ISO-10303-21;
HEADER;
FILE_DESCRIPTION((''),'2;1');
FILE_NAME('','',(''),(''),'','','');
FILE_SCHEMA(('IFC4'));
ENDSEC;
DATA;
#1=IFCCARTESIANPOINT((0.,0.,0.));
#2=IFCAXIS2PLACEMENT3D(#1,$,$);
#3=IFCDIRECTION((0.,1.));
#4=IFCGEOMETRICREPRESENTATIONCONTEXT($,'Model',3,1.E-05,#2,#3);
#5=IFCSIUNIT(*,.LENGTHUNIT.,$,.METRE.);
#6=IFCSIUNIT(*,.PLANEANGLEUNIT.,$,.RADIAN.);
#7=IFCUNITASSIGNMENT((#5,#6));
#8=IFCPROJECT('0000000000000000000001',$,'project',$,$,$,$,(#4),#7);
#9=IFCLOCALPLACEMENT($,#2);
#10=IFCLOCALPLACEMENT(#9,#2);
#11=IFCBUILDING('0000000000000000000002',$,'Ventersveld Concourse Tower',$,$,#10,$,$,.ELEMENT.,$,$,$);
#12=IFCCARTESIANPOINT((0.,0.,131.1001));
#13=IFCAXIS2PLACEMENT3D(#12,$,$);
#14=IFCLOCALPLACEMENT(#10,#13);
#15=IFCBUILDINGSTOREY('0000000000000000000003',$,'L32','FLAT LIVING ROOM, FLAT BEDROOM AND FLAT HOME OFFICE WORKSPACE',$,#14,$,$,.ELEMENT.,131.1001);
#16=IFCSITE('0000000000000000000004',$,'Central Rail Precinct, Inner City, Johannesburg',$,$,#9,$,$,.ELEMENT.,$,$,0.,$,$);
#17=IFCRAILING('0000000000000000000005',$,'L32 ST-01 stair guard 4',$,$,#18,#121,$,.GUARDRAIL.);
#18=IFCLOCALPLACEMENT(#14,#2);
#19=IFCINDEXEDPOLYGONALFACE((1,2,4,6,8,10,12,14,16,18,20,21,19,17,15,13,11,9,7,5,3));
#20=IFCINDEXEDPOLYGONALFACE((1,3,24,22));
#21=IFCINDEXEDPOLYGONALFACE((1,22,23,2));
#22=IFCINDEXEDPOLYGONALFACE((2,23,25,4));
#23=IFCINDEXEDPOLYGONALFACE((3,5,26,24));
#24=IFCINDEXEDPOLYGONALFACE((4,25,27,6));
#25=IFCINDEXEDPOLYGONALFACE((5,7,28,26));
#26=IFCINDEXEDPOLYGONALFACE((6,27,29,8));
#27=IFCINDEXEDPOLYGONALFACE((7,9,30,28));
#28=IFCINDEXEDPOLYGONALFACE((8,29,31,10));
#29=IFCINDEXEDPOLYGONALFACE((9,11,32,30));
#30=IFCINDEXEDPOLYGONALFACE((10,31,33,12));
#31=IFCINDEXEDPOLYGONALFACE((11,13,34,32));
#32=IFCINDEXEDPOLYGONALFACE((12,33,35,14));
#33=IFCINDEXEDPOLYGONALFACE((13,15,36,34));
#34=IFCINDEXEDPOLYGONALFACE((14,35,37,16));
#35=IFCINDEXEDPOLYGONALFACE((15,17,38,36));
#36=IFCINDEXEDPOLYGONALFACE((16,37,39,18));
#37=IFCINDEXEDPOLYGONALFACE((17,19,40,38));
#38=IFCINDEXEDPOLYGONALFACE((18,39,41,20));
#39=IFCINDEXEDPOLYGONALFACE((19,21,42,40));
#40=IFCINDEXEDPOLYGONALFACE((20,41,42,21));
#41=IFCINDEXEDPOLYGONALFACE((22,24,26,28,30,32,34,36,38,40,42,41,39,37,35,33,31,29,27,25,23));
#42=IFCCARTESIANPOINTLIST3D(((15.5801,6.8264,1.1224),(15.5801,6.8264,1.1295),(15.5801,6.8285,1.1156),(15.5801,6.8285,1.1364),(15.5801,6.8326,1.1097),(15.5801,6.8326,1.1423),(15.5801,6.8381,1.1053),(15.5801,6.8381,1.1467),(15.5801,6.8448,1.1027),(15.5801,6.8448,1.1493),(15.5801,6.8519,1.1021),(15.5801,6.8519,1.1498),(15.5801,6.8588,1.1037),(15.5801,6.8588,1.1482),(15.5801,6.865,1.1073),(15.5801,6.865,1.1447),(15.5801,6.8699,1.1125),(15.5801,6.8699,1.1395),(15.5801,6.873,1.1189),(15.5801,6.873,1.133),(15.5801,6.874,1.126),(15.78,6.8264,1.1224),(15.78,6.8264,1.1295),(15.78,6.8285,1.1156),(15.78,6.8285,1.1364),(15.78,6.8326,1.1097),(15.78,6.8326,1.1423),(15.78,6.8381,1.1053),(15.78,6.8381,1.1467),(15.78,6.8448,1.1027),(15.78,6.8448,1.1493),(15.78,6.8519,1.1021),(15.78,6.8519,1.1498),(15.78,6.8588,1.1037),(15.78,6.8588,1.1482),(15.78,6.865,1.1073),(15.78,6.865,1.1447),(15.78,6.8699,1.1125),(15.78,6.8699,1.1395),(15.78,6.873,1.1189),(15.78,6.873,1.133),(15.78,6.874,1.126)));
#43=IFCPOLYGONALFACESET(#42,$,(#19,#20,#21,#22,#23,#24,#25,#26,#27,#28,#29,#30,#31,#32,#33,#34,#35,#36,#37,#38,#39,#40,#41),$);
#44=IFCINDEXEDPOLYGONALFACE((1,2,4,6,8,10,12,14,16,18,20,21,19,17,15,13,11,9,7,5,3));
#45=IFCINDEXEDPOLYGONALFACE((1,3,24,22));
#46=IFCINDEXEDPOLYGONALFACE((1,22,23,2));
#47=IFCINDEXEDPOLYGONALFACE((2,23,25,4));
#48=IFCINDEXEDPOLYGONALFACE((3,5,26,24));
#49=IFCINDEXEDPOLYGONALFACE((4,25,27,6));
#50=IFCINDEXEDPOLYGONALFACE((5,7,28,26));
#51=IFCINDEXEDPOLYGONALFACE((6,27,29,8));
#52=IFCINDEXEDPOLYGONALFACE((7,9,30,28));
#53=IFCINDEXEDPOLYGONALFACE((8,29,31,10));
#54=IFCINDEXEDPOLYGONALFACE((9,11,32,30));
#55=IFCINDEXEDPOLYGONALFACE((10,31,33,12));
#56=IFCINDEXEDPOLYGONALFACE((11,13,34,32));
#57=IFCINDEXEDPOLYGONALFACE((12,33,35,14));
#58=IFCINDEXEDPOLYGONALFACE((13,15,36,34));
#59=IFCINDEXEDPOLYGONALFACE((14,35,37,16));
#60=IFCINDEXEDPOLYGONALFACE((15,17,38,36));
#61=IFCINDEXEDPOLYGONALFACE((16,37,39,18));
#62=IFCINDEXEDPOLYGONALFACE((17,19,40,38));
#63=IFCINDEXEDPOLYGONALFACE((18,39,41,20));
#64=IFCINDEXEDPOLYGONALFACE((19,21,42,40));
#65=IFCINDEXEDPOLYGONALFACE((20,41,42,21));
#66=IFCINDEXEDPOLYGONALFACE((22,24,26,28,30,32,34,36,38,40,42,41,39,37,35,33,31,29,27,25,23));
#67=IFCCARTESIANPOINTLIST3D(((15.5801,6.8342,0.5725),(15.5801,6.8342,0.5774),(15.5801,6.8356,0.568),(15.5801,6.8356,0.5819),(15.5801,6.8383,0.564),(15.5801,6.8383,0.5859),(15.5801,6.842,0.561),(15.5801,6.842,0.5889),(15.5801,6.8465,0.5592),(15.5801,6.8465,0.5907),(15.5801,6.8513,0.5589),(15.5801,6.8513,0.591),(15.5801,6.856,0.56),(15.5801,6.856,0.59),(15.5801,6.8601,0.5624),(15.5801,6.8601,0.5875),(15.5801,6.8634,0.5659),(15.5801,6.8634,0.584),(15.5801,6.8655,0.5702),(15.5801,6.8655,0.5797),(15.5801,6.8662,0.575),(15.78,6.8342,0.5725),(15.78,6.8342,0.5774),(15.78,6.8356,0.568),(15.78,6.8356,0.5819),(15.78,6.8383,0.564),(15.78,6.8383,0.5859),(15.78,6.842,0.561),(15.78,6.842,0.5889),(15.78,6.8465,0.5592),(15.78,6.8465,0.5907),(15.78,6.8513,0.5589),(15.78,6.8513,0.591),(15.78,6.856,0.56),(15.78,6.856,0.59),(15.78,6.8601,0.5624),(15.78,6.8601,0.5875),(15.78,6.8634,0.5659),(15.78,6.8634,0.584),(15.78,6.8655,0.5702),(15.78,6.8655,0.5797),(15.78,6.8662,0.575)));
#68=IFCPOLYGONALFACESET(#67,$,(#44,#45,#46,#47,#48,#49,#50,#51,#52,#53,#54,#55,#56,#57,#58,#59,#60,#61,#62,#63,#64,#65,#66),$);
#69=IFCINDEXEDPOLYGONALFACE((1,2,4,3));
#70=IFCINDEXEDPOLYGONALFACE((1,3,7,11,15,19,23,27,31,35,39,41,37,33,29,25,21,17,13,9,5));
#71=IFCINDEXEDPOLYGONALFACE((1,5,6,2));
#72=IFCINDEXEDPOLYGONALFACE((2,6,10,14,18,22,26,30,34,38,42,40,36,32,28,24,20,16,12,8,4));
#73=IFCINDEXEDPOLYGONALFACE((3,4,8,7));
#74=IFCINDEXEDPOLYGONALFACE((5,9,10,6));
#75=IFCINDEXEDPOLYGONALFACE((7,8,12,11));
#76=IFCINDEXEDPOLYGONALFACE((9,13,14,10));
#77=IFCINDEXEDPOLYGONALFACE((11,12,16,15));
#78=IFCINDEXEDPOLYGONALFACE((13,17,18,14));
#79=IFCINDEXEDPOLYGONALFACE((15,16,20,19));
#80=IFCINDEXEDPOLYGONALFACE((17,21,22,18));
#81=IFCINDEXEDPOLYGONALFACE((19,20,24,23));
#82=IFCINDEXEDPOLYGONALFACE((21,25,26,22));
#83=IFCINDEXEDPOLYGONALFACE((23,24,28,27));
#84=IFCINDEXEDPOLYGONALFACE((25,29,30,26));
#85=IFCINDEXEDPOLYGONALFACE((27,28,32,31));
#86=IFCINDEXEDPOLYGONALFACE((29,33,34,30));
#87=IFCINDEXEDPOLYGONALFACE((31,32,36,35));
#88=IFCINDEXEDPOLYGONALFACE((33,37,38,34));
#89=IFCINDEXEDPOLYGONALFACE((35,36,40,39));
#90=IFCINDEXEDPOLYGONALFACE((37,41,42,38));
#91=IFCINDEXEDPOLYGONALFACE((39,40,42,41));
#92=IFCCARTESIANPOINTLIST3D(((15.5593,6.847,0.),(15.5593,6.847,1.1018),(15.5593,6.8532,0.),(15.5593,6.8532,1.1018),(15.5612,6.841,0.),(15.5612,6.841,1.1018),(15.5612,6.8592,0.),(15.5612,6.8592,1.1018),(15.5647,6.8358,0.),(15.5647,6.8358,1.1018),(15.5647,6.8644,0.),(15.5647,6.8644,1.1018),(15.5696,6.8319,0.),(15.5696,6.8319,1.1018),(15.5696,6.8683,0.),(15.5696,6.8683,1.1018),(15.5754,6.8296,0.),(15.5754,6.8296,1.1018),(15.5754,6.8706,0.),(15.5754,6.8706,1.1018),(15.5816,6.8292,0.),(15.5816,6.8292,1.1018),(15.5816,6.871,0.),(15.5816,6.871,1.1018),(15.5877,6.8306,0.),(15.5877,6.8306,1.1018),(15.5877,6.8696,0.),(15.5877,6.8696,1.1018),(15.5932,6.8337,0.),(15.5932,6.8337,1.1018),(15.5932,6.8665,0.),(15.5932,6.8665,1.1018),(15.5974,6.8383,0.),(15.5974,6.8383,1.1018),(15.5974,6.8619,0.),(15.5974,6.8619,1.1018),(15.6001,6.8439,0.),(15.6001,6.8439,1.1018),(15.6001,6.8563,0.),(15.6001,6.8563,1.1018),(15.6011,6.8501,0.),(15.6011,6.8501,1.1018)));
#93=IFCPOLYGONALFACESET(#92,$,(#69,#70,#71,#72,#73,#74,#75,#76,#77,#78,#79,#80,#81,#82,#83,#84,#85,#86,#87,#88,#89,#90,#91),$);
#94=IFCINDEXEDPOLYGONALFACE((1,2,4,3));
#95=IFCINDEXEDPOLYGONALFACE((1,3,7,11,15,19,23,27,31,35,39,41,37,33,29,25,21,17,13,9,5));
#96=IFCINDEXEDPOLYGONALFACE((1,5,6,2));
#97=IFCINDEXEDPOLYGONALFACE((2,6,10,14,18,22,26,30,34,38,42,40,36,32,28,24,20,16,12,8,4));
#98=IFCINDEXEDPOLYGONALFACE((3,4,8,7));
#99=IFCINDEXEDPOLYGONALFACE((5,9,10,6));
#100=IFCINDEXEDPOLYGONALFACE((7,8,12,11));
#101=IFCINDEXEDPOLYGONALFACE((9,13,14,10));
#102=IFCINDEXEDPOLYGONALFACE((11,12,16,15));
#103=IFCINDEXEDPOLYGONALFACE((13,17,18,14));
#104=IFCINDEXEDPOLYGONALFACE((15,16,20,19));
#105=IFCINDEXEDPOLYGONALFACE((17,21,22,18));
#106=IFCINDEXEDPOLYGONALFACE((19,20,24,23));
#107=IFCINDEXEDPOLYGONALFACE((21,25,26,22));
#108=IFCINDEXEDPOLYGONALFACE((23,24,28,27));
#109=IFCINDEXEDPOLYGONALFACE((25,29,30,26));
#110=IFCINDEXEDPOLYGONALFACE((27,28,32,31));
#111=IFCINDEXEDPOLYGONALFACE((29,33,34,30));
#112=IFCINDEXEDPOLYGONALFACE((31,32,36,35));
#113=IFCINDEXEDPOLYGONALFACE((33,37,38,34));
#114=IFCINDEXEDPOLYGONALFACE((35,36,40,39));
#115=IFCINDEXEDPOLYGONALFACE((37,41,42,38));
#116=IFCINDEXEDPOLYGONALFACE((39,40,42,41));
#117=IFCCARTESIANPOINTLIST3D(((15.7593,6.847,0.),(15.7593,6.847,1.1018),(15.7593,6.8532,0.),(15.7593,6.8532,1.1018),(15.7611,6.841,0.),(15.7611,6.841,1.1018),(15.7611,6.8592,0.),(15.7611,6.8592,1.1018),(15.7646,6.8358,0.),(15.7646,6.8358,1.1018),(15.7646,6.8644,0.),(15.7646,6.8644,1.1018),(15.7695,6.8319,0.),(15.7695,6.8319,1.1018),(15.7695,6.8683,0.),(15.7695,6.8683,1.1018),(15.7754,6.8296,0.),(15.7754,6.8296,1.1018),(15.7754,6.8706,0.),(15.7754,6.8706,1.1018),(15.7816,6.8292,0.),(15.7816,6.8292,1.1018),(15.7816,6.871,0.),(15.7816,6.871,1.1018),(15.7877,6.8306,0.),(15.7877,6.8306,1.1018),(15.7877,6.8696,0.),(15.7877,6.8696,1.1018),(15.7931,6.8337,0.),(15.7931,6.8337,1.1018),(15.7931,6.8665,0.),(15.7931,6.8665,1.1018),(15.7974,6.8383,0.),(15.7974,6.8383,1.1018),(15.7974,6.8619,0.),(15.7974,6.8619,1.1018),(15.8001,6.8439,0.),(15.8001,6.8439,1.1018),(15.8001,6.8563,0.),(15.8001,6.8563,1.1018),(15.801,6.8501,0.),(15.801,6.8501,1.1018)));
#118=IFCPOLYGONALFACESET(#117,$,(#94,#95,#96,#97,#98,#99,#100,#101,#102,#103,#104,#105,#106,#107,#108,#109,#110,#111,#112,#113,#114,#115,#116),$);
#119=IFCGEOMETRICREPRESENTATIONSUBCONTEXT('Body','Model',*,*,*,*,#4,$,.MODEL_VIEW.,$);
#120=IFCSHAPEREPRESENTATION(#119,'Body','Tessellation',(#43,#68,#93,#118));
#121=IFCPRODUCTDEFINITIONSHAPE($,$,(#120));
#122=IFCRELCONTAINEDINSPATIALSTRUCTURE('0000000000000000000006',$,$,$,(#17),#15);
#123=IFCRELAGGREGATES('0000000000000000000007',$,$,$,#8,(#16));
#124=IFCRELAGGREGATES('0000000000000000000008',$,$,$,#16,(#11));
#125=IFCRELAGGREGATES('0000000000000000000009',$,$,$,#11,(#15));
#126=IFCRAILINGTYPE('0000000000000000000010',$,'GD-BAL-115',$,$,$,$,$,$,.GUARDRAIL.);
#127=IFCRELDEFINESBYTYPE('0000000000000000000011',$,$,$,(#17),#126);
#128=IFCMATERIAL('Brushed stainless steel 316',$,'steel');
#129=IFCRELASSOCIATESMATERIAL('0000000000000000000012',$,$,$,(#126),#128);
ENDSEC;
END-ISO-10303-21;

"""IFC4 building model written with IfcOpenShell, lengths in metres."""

from ifc_helpers import new_model, si_unit, direction, frame, origin, origin_2d, place, context, subcontext, project, spatial, circle, extrude, material, type_object, element, save


model = new_model("IFC4")

# Units and contexts
model_context = context("Model", 3, precision=1e-05, world=origin(), true_north=direction((0.0, 1.0)))
body_context = subcontext(model_context, "Body", "Model", "MODEL_VIEW")
ifc_project = project(units=[si_unit("LENGTHUNIT", "METRE"), si_unit("PLANEANGLEUNIT", "RADIAN")], contexts=[model_context])

# Site, building, storey
site_placement = place(None, origin())
site = spatial("IfcSite", under=ifc_project, at=site_placement, Name="Central Rail Precinct, Inner City, Johannesburg", CompositionType="ELEMENT", RefElevation=0.0)
building_placement = place(site_placement, origin())
building = spatial("IfcBuilding", under=site, at=building_placement, Name="Ventersveld Concourse Tower", CompositionType="ELEMENT")
storey_placement = place(building_placement, frame((0.0, 0.0, 131.1001)))
storey = spatial("IfcBuildingStorey", under=building, at=storey_placement, Name="L32", Description="FLAT LIVING ROOM, FLAT BEDROOM AND FLAT HOME OFFICE WORKSPACE", CompositionType="ELEMENT", Elevation=131.1001)

# Railing
ifc_material_1 = material(Name="Brushed stainless steel 316", Category="steel")
railing_type_1 = type_object("IfcRailingType", Name="GD-BAL-115", PredefinedType="GUARDRAIL", material=ifc_material_1)
for number, where, name in (
    (1, (15.5801, 6.8501, 0.0), "L32 ST-01 stair guard 4"),
):
    element("IfcRailing", number, at=place(storey_placement, frame(where)), inside=storey, type_object=railing_type_1, Name=name, PredefinedType="GUARDRAIL", context=body_context, shape_type="SweptSolid", body=[
        extrude(circle(Radius=0.0239, at=origin_2d()), frame((0.0, 0.0, 1.126), z_axis=(1.0, 0.0, 0.0), x_axis=(0.0, 1.0, 0.0)), (0.0, 0.0, 1.0), 0.2),
        extrude(circle(Radius=0.0161, at=origin_2d()), frame((0.0, 0.0, 0.575), z_axis=(1.0, 0.0, 0.0), x_axis=(0.0, 1.0, 0.0)), (0.0, 0.0, 1.0), 0.2),
        extrude(circle(Radius=0.021, at=origin_2d()), origin(), (0.0, 0.0, 1.0), 1.1018),
        extrude(circle(Radius=0.021, at=origin_2d()), frame((0.2, 0.0, 0.0)), (0.0, 0.0, 1.0), 1.1018),
    ])

save(model, "model.ifc")
